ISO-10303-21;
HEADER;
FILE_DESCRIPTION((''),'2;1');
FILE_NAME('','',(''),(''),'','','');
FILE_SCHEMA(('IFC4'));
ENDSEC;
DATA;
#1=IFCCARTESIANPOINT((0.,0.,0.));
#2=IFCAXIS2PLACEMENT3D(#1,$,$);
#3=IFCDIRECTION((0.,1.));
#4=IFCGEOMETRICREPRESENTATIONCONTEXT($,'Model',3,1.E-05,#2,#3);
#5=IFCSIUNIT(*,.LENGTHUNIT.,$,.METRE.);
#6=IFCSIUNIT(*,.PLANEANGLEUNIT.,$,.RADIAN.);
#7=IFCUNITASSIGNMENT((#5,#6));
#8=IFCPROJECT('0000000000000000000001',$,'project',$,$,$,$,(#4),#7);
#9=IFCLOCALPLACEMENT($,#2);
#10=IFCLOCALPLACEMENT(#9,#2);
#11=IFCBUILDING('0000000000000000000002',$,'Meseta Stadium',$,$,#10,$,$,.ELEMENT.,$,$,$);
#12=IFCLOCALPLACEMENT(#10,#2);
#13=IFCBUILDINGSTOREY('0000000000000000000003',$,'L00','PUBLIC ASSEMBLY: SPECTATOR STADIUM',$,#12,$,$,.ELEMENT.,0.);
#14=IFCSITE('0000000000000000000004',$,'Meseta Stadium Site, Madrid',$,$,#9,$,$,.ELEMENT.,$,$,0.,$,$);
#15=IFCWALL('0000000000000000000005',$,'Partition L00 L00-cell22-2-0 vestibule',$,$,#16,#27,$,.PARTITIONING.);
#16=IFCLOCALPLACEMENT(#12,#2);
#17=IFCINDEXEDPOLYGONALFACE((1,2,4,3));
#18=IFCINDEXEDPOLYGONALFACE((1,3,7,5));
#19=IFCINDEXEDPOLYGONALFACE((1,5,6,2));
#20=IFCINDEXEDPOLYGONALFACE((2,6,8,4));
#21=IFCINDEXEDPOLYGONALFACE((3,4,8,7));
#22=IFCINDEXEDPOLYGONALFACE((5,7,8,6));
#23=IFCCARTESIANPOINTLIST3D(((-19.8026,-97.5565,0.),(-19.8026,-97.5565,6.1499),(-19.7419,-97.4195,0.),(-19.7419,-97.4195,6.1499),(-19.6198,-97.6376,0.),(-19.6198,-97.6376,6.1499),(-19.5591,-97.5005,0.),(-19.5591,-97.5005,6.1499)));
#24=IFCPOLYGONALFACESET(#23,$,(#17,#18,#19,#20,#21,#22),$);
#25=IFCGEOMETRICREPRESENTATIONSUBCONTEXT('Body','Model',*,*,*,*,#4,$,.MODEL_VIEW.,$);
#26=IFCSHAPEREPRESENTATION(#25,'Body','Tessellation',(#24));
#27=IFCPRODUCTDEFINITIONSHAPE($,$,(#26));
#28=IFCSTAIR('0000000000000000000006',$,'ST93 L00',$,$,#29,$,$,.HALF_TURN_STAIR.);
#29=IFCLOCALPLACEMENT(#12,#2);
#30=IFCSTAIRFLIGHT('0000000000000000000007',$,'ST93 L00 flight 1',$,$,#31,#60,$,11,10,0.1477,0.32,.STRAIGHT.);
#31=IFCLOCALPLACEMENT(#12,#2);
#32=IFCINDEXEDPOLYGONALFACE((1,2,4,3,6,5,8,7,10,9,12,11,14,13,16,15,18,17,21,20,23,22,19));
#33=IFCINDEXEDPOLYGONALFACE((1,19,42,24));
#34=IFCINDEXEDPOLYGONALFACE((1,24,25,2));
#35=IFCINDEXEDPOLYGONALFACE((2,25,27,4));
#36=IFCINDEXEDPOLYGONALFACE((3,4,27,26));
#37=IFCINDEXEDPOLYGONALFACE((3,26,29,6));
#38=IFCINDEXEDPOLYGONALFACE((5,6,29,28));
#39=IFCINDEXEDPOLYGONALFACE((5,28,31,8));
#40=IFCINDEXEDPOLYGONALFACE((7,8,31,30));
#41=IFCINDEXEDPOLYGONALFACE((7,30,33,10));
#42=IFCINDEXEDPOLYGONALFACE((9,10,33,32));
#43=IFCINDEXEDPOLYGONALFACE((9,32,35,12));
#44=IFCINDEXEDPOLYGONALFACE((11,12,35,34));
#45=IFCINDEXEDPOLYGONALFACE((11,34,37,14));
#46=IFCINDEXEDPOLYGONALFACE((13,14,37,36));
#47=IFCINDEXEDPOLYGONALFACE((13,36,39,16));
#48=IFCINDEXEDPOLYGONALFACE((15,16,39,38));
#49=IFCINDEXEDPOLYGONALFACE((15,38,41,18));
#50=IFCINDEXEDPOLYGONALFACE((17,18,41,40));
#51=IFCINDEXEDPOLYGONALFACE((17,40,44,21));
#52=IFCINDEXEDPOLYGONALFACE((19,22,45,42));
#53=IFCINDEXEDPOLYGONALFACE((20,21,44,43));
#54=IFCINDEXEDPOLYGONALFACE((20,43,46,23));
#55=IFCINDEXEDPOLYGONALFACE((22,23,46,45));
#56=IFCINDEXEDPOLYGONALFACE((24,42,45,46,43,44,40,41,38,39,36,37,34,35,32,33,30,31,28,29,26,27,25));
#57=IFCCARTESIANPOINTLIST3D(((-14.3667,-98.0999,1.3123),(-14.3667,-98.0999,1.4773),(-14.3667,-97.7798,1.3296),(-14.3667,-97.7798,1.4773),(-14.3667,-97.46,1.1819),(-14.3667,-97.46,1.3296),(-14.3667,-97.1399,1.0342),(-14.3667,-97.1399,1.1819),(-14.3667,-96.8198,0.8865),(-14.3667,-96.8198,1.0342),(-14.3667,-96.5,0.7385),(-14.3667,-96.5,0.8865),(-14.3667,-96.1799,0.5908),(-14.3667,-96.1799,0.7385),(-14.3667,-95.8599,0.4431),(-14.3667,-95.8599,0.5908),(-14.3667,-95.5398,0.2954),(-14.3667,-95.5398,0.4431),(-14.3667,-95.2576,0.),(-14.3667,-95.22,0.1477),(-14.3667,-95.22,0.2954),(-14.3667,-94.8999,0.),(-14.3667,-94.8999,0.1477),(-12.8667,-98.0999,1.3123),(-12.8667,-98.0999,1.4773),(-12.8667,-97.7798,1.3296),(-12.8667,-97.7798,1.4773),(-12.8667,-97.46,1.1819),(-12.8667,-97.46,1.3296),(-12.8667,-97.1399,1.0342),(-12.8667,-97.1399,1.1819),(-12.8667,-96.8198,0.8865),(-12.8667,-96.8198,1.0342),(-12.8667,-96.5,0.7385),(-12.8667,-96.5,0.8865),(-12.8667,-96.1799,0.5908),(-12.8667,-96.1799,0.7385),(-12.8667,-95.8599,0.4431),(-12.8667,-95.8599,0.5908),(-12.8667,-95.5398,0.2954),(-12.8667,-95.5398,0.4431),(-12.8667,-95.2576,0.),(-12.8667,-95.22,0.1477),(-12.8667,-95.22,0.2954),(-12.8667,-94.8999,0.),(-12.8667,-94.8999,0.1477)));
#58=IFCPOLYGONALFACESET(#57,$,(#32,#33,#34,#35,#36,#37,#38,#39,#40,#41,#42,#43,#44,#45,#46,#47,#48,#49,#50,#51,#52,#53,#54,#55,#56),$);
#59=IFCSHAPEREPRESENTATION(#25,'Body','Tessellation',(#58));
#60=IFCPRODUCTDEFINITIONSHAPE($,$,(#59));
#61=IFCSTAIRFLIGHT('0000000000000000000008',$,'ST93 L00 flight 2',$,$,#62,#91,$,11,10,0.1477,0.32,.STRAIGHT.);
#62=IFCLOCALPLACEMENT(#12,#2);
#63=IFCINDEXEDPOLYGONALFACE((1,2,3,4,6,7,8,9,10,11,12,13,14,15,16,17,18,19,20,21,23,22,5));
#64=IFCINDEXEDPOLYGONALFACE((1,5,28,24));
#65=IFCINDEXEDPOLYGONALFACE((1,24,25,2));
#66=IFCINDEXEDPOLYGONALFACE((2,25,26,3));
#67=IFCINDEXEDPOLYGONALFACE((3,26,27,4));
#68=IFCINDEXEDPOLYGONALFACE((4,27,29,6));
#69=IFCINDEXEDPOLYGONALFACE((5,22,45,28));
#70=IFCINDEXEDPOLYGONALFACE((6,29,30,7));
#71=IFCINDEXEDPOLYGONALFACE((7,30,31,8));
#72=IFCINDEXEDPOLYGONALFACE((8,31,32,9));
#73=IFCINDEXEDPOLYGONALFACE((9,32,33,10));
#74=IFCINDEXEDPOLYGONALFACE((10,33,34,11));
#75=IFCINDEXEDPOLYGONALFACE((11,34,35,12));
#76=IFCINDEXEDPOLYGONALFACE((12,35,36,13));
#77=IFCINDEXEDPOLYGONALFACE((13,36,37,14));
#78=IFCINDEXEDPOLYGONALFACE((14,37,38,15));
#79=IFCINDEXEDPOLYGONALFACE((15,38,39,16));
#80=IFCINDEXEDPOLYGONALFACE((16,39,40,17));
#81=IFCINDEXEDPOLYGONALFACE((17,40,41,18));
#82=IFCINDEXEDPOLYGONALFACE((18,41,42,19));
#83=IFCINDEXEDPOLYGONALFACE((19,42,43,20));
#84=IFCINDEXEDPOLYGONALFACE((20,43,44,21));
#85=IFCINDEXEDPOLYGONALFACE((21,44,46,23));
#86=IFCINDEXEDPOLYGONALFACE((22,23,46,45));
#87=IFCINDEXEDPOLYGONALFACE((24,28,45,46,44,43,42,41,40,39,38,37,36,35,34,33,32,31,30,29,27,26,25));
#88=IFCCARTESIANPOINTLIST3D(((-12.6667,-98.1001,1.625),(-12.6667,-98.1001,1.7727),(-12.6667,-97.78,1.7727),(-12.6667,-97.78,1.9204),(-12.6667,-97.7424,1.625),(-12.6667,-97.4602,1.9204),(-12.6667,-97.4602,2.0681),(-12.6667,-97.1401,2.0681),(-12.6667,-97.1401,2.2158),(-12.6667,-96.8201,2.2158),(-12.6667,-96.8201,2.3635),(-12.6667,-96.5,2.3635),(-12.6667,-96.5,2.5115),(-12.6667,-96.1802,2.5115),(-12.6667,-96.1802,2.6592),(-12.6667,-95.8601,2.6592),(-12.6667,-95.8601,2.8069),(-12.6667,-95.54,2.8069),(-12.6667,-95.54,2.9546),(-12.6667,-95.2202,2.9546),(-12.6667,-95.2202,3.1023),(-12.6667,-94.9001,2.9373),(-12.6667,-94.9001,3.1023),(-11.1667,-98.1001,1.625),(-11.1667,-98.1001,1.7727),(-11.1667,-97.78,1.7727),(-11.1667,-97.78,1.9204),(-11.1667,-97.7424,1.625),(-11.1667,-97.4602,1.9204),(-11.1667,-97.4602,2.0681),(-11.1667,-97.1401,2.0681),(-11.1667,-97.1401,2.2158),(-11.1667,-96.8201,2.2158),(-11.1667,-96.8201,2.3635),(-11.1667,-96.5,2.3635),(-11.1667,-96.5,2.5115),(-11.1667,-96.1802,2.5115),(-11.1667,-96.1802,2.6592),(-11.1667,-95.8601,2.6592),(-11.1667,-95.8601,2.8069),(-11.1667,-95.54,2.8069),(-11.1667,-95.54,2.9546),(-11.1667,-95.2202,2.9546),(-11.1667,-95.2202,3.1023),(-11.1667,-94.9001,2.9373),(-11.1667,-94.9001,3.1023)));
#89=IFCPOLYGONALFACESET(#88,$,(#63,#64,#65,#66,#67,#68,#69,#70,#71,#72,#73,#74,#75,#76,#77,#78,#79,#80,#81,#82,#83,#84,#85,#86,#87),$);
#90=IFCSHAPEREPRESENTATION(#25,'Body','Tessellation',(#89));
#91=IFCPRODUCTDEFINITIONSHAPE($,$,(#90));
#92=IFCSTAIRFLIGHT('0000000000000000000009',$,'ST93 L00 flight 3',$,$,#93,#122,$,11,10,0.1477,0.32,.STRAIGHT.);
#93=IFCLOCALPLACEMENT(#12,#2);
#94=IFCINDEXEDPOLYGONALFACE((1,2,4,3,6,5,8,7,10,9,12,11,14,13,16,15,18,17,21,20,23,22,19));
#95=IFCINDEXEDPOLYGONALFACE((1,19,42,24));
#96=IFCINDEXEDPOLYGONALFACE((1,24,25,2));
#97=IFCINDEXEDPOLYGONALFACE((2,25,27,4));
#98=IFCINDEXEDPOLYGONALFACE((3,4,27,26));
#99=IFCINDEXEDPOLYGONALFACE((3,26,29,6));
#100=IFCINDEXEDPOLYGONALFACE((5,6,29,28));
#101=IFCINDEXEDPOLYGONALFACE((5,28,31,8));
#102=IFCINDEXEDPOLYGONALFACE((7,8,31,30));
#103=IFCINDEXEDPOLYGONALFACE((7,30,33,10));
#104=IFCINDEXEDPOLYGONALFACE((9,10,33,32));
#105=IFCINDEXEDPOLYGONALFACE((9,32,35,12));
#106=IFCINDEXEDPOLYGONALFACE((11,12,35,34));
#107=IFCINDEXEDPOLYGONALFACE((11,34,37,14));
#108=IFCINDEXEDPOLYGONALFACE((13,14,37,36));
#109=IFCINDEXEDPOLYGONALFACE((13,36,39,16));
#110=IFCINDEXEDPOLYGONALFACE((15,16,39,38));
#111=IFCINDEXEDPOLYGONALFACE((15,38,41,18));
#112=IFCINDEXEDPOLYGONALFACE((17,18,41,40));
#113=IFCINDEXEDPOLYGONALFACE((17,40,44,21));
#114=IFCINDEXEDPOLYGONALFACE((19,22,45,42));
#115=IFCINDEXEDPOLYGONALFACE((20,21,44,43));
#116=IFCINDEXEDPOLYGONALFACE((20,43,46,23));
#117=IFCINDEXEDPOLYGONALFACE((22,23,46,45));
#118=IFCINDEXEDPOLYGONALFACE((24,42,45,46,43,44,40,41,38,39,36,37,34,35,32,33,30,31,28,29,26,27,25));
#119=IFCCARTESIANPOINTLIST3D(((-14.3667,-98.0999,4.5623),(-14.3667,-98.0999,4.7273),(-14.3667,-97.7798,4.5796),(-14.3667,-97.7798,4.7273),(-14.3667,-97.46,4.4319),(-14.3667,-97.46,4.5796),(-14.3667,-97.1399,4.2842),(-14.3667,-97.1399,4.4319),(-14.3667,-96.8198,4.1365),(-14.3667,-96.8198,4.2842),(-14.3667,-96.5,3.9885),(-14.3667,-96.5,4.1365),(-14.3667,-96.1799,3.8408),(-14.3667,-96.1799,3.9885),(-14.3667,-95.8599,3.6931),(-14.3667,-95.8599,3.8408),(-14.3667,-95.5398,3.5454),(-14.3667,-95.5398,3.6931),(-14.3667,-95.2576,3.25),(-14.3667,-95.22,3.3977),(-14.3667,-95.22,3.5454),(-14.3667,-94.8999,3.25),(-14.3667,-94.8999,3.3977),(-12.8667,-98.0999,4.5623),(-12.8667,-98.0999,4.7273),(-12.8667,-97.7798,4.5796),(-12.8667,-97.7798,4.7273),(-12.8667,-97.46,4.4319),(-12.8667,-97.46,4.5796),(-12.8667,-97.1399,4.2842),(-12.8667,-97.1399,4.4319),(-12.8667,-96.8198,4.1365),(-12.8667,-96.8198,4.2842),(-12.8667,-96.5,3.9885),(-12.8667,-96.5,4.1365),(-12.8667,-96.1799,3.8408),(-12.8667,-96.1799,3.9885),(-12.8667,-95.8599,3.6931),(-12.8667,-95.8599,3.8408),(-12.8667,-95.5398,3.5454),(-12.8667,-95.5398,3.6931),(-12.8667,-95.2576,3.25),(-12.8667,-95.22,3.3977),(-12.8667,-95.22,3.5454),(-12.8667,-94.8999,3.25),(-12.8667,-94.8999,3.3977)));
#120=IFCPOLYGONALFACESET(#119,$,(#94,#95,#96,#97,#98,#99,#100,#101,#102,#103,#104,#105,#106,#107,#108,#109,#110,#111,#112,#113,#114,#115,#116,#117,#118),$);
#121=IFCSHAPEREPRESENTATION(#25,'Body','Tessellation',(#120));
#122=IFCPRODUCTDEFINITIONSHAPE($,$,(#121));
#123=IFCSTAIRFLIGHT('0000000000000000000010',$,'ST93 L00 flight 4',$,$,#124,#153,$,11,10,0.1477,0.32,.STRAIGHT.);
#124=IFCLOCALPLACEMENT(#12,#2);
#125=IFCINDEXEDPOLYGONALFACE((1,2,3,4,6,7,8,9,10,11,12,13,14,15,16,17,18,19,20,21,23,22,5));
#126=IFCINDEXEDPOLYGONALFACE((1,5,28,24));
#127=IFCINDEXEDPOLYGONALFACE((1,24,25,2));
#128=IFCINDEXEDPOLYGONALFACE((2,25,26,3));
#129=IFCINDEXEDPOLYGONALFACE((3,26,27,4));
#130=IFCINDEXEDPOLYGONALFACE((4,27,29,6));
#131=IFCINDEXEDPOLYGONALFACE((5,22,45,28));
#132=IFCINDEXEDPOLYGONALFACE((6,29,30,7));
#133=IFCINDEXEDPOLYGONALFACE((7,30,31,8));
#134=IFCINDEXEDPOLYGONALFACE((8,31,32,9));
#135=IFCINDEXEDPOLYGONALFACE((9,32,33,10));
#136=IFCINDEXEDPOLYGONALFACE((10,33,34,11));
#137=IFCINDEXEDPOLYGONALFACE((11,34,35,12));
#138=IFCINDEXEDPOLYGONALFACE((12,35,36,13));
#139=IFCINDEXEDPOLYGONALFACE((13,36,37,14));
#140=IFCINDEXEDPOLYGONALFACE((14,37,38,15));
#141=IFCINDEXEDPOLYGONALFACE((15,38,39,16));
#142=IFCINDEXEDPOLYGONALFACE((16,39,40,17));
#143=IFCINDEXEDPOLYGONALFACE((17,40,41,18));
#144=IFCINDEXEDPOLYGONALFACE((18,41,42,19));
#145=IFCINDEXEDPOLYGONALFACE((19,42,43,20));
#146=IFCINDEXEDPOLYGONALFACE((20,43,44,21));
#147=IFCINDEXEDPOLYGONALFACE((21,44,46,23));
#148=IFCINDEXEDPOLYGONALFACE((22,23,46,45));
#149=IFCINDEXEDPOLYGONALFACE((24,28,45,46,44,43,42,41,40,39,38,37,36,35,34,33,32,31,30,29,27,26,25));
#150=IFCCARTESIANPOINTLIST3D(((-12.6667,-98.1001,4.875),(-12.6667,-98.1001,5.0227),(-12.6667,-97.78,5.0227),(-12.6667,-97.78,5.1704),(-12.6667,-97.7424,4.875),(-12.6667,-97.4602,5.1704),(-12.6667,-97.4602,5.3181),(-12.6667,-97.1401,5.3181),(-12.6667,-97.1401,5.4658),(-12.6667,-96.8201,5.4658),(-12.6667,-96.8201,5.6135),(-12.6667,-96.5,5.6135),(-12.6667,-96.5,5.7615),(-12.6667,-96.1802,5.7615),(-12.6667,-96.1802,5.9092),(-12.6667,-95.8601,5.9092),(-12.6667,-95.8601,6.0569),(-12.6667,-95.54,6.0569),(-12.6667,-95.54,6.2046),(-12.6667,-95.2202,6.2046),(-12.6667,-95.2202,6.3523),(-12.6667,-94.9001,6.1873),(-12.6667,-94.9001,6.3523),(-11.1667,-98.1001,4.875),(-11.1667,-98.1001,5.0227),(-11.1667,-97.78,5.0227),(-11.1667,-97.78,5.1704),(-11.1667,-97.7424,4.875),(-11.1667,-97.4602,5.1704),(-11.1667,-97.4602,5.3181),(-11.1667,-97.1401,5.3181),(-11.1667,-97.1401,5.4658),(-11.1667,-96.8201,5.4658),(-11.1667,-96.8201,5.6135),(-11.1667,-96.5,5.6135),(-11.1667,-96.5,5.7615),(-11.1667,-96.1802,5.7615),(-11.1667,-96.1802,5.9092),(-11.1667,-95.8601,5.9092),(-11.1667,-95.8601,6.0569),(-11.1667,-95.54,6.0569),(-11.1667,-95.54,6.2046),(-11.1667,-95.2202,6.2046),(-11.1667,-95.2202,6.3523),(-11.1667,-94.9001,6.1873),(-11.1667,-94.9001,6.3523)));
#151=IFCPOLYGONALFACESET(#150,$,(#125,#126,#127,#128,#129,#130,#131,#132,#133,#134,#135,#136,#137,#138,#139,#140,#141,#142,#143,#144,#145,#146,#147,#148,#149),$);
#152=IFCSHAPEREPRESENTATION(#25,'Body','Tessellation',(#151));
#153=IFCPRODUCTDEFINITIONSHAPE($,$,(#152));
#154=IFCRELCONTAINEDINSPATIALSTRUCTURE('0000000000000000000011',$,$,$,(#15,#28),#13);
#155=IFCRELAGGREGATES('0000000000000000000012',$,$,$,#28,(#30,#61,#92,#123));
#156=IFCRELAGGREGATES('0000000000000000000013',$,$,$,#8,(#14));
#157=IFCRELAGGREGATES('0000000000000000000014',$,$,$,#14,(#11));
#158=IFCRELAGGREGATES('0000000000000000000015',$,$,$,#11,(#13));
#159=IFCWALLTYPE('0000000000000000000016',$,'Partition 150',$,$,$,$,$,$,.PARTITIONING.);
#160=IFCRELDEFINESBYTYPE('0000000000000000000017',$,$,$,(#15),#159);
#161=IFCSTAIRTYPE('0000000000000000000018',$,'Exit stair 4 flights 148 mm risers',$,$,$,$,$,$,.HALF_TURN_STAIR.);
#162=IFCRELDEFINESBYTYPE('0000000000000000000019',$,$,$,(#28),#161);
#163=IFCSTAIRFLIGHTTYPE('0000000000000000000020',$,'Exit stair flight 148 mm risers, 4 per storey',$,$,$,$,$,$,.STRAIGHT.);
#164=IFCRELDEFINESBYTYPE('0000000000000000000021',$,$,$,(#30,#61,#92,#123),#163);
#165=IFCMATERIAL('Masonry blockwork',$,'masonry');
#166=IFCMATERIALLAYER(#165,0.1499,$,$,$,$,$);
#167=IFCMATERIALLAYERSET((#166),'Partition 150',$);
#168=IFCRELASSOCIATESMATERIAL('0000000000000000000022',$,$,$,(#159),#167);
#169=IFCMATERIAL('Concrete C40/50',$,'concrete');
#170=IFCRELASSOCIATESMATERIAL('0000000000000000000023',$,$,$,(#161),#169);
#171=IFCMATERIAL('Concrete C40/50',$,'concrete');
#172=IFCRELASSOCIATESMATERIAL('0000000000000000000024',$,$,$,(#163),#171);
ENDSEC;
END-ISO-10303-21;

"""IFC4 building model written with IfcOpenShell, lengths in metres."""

from ifc_helpers import new_model, si_unit, direction, frame, frame_2d, origin, place, context, subcontext, project, spatial, polyline, rectangle, outline, extrude, material, layer, layer_set, type_object, element, aggregate, save


model = new_model("IFC4")

# Units and contexts
model_context = context("Model", 3, precision=1e-05, world=origin(), true_north=direction((0.0, 1.0)))
body_context = subcontext(model_context, "Body", "Model", "MODEL_VIEW")
ifc_project = project(units=[si_unit("LENGTHUNIT", "METRE"), si_unit("PLANEANGLEUNIT", "RADIAN")], contexts=[model_context])

# Site, building, storey
site_placement = place(None, origin())
site = spatial("IfcSite", under=ifc_project, at=site_placement, Name="Meseta Stadium Site, Madrid", CompositionType="ELEMENT", RefElevation=0.0)
building_placement = place(site_placement, origin())
building = spatial("IfcBuilding", under=site, at=building_placement, Name="Meseta Stadium", CompositionType="ELEMENT")
storey_placement = place(building_placement, origin())
storey = spatial("IfcBuildingStorey", under=building, at=storey_placement, Name="L00", Description="PUBLIC ASSEMBLY: SPECTATOR STADIUM", CompositionType="ELEMENT", Elevation=0.0)

# Wall
ifc_material_1 = material(Name="Masonry blockwork", Category="masonry")
ifc_layer = layer(ifc_material_1, 0.1499)
ifc_layer_set = layer_set([ifc_layer], Name="Partition 150")
wall_type = type_object("IfcWallType", Name="Partition 150", PredefinedType="PARTITIONING", material=ifc_layer_set)
wall_placement = place(storey_placement, frame((-19.5894, -97.5691, 0.0), z_axis=(0.0, 0.0, 1.0), x_axis=(-0.914214, 0.405232, 0.0)))
element("IfcWall", 1, at=wall_placement, inside=storey, type_object=wall_type, Name="Partition L00 L00-cell22-2-0 vestibule", PredefinedType="PARTITIONING", context=body_context, shape_type="SweptSolid", body=[
    extrude(rectangle(XDim=0.2, YDim=0.1499, at=frame_2d((0.1001, 0.0))), origin(), (0.0, 0.0, 1.0), 6.1499),
])

# Stair, stair flights
ifc_material_2 = material(Name="Concrete C40/50", Category="concrete")
stair_type = type_object("IfcStairType", Name="Exit stair 4 flights 148 mm risers", PredefinedType="HALF_TURN_STAIR", material=ifc_material_2)
stair_1_placement = place(storey_placement, origin())
stair_1 = element("IfcStair", 2, at=stair_1_placement, inside=storey, type_object=stair_type, Name="ST93 L00", PredefinedType="HALF_TURN_STAIR")
ifc_material_3 = material(Name="Concrete C40/50", Category="concrete")
stair_flight_type = type_object("IfcStairFlightType", Name="Exit stair flight 148 mm risers, 4 per storey", PredefinedType="STRAIGHT", material=ifc_material_3)
stair_flight_1_placement = place(storey_placement, frame((-13.6167, -94.8999, 0.0), z_axis=(0.0, 0.0, 1.0), x_axis=(0.0, -1.0, 0.0)))
stair_flight_1 = element("IfcStairFlight", 3, at=stair_flight_1_placement, type_object=stair_flight_type, Name="ST93 L00 flight 1", NumberOfRisers=11, NumberOfTreads=10, PredefinedType="STRAIGHT", RiserHeight=0.1477, TreadLength=0.32, context=body_context, shape_type="SweptSolid", body=[
    extrude(outline(polyline([(0.0, 0.0), (0.0, 0.1477), (0.3201, 0.1477), (0.3201, 0.2954), (0.6399, 0.2954), (0.6399, 0.4431), (0.96, 0.4431), (0.96, 0.5908), (1.28, 0.5908), (1.28, 0.7385), (1.6001, 0.7385), (1.6001, 0.8865), (1.9199, 0.8865), (1.9199, 1.0342), (2.24, 1.0342), (2.24, 1.1819), (2.5601, 1.1819), (2.5601, 1.3296), (2.8799, 1.3296), (2.8799, 1.4773), (3.2, 1.4773), (3.2, 1.3123), (0.3577, 0.0), (0.0, 0.0)])), frame((0.0, 0.75, 0.0), z_axis=(0.0, -1.0, 0.0), x_axis=(1.0, 0.0, 0.0)), (0.0, 0.0, 1.0), 1.5),
])
stair_flight_2_placement = place(storey_placement, frame((-11.9167, -98.1001, 1.625), z_axis=(0.0, 0.0, 1.0), x_axis=(0.0, 1.0, 0.0)))
stair_flight_2 = element("IfcStairFlight", 4, at=stair_flight_2_placement, type_object=stair_flight_type, Name="ST93 L00 flight 2", NumberOfRisers=11, NumberOfTreads=10, PredefinedType="STRAIGHT", RiserHeight=0.1477, TreadLength=0.32, context=body_context, shape_type="SweptSolid", body=[
    extrude(outline(polyline([(0.0, 0.0), (0.0, 0.1477), (0.3201, 0.1477), (0.3201, 0.2954), (0.6399, 0.2954), (0.6399, 0.4431), (0.96, 0.4431), (0.96, 0.5908), (1.28, 0.5908), (1.28, 0.7385), (1.6001, 0.7385), (1.6001, 0.8865), (1.9199, 0.8865), (1.9199, 1.0342), (2.24, 1.0342), (2.24, 1.1819), (2.5601, 1.1819), (2.5601, 1.3296), (2.8799, 1.3296), (2.8799, 1.4773), (3.2, 1.4773), (3.2, 1.3123), (0.3577, 0.0), (0.0, 0.0)])), frame((0.0, 0.75, 0.0), z_axis=(0.0, -1.0, 0.0), x_axis=(1.0, 0.0, 0.0)), (0.0, 0.0, 1.0), 1.5),
])
stair_flight_3_placement = place(storey_placement, frame((-13.6167, -94.8999, 3.25), z_axis=(0.0, 0.0, 1.0), x_axis=(0.0, -1.0, 0.0)))
stair_flight_3 = element("IfcStairFlight", 5, at=stair_flight_3_placement, type_object=stair_flight_type, Name="ST93 L00 flight 3", NumberOfRisers=11, NumberOfTreads=10, PredefinedType="STRAIGHT", RiserHeight=0.1477, TreadLength=0.32, context=body_context, shape_type="SweptSolid", body=[
    extrude(outline(polyline([(0.0, 0.0), (0.0, 0.1477), (0.3201, 0.1477), (0.3201, 0.2954), (0.6399, 0.2954), (0.6399, 0.4431), (0.96, 0.4431), (0.96, 0.5908), (1.28, 0.5908), (1.28, 0.7385), (1.6001, 0.7385), (1.6001, 0.8865), (1.9199, 0.8865), (1.9199, 1.0342), (2.24, 1.0342), (2.24, 1.1819), (2.5601, 1.1819), (2.5601, 1.3296), (2.8799, 1.3296), (2.8799, 1.4773), (3.2, 1.4773), (3.2, 1.3123), (0.3577, 0.0), (0.0, 0.0)])), frame((0.0, 0.75, 0.0), z_axis=(0.0, -1.0, 0.0), x_axis=(1.0, 0.0, 0.0)), (0.0, 0.0, 1.0), 1.5),
])
stair_flight_4_placement = place(storey_placement, frame((-11.9167, -98.1001, 4.875), z_axis=(0.0, 0.0, 1.0), x_axis=(0.0, 1.0, 0.0)))
stair_flight_4 = element("IfcStairFlight", 6, at=stair_flight_4_placement, type_object=stair_flight_type, Name="ST93 L00 flight 4", NumberOfRisers=11, NumberOfTreads=10, PredefinedType="STRAIGHT", RiserHeight=0.1477, TreadLength=0.32, context=body_context, shape_type="SweptSolid", body=[
    extrude(outline(polyline([(0.0, 0.0), (0.0, 0.1477), (0.3201, 0.1477), (0.3201, 0.2954), (0.6399, 0.2954), (0.6399, 0.4431), (0.96, 0.4431), (0.96, 0.5908), (1.28, 0.5908), (1.28, 0.7385), (1.6001, 0.7385), (1.6001, 0.8865), (1.9199, 0.8865), (1.9199, 1.0342), (2.24, 1.0342), (2.24, 1.1819), (2.5601, 1.1819), (2.5601, 1.3296), (2.8799, 1.3296), (2.8799, 1.4773), (3.2, 1.4773), (3.2, 1.3123), (0.3577, 0.0), (0.0, 0.0)])), frame((0.0, 0.75, 0.0), z_axis=(0.0, -1.0, 0.0), x_axis=(1.0, 0.0, 0.0)), (0.0, 0.0, 1.0), 1.5),
])
aggregate(stair_1, [stair_flight_1, stair_flight_2, stair_flight_3, stair_flight_4])

save(model, "model.ifc")
